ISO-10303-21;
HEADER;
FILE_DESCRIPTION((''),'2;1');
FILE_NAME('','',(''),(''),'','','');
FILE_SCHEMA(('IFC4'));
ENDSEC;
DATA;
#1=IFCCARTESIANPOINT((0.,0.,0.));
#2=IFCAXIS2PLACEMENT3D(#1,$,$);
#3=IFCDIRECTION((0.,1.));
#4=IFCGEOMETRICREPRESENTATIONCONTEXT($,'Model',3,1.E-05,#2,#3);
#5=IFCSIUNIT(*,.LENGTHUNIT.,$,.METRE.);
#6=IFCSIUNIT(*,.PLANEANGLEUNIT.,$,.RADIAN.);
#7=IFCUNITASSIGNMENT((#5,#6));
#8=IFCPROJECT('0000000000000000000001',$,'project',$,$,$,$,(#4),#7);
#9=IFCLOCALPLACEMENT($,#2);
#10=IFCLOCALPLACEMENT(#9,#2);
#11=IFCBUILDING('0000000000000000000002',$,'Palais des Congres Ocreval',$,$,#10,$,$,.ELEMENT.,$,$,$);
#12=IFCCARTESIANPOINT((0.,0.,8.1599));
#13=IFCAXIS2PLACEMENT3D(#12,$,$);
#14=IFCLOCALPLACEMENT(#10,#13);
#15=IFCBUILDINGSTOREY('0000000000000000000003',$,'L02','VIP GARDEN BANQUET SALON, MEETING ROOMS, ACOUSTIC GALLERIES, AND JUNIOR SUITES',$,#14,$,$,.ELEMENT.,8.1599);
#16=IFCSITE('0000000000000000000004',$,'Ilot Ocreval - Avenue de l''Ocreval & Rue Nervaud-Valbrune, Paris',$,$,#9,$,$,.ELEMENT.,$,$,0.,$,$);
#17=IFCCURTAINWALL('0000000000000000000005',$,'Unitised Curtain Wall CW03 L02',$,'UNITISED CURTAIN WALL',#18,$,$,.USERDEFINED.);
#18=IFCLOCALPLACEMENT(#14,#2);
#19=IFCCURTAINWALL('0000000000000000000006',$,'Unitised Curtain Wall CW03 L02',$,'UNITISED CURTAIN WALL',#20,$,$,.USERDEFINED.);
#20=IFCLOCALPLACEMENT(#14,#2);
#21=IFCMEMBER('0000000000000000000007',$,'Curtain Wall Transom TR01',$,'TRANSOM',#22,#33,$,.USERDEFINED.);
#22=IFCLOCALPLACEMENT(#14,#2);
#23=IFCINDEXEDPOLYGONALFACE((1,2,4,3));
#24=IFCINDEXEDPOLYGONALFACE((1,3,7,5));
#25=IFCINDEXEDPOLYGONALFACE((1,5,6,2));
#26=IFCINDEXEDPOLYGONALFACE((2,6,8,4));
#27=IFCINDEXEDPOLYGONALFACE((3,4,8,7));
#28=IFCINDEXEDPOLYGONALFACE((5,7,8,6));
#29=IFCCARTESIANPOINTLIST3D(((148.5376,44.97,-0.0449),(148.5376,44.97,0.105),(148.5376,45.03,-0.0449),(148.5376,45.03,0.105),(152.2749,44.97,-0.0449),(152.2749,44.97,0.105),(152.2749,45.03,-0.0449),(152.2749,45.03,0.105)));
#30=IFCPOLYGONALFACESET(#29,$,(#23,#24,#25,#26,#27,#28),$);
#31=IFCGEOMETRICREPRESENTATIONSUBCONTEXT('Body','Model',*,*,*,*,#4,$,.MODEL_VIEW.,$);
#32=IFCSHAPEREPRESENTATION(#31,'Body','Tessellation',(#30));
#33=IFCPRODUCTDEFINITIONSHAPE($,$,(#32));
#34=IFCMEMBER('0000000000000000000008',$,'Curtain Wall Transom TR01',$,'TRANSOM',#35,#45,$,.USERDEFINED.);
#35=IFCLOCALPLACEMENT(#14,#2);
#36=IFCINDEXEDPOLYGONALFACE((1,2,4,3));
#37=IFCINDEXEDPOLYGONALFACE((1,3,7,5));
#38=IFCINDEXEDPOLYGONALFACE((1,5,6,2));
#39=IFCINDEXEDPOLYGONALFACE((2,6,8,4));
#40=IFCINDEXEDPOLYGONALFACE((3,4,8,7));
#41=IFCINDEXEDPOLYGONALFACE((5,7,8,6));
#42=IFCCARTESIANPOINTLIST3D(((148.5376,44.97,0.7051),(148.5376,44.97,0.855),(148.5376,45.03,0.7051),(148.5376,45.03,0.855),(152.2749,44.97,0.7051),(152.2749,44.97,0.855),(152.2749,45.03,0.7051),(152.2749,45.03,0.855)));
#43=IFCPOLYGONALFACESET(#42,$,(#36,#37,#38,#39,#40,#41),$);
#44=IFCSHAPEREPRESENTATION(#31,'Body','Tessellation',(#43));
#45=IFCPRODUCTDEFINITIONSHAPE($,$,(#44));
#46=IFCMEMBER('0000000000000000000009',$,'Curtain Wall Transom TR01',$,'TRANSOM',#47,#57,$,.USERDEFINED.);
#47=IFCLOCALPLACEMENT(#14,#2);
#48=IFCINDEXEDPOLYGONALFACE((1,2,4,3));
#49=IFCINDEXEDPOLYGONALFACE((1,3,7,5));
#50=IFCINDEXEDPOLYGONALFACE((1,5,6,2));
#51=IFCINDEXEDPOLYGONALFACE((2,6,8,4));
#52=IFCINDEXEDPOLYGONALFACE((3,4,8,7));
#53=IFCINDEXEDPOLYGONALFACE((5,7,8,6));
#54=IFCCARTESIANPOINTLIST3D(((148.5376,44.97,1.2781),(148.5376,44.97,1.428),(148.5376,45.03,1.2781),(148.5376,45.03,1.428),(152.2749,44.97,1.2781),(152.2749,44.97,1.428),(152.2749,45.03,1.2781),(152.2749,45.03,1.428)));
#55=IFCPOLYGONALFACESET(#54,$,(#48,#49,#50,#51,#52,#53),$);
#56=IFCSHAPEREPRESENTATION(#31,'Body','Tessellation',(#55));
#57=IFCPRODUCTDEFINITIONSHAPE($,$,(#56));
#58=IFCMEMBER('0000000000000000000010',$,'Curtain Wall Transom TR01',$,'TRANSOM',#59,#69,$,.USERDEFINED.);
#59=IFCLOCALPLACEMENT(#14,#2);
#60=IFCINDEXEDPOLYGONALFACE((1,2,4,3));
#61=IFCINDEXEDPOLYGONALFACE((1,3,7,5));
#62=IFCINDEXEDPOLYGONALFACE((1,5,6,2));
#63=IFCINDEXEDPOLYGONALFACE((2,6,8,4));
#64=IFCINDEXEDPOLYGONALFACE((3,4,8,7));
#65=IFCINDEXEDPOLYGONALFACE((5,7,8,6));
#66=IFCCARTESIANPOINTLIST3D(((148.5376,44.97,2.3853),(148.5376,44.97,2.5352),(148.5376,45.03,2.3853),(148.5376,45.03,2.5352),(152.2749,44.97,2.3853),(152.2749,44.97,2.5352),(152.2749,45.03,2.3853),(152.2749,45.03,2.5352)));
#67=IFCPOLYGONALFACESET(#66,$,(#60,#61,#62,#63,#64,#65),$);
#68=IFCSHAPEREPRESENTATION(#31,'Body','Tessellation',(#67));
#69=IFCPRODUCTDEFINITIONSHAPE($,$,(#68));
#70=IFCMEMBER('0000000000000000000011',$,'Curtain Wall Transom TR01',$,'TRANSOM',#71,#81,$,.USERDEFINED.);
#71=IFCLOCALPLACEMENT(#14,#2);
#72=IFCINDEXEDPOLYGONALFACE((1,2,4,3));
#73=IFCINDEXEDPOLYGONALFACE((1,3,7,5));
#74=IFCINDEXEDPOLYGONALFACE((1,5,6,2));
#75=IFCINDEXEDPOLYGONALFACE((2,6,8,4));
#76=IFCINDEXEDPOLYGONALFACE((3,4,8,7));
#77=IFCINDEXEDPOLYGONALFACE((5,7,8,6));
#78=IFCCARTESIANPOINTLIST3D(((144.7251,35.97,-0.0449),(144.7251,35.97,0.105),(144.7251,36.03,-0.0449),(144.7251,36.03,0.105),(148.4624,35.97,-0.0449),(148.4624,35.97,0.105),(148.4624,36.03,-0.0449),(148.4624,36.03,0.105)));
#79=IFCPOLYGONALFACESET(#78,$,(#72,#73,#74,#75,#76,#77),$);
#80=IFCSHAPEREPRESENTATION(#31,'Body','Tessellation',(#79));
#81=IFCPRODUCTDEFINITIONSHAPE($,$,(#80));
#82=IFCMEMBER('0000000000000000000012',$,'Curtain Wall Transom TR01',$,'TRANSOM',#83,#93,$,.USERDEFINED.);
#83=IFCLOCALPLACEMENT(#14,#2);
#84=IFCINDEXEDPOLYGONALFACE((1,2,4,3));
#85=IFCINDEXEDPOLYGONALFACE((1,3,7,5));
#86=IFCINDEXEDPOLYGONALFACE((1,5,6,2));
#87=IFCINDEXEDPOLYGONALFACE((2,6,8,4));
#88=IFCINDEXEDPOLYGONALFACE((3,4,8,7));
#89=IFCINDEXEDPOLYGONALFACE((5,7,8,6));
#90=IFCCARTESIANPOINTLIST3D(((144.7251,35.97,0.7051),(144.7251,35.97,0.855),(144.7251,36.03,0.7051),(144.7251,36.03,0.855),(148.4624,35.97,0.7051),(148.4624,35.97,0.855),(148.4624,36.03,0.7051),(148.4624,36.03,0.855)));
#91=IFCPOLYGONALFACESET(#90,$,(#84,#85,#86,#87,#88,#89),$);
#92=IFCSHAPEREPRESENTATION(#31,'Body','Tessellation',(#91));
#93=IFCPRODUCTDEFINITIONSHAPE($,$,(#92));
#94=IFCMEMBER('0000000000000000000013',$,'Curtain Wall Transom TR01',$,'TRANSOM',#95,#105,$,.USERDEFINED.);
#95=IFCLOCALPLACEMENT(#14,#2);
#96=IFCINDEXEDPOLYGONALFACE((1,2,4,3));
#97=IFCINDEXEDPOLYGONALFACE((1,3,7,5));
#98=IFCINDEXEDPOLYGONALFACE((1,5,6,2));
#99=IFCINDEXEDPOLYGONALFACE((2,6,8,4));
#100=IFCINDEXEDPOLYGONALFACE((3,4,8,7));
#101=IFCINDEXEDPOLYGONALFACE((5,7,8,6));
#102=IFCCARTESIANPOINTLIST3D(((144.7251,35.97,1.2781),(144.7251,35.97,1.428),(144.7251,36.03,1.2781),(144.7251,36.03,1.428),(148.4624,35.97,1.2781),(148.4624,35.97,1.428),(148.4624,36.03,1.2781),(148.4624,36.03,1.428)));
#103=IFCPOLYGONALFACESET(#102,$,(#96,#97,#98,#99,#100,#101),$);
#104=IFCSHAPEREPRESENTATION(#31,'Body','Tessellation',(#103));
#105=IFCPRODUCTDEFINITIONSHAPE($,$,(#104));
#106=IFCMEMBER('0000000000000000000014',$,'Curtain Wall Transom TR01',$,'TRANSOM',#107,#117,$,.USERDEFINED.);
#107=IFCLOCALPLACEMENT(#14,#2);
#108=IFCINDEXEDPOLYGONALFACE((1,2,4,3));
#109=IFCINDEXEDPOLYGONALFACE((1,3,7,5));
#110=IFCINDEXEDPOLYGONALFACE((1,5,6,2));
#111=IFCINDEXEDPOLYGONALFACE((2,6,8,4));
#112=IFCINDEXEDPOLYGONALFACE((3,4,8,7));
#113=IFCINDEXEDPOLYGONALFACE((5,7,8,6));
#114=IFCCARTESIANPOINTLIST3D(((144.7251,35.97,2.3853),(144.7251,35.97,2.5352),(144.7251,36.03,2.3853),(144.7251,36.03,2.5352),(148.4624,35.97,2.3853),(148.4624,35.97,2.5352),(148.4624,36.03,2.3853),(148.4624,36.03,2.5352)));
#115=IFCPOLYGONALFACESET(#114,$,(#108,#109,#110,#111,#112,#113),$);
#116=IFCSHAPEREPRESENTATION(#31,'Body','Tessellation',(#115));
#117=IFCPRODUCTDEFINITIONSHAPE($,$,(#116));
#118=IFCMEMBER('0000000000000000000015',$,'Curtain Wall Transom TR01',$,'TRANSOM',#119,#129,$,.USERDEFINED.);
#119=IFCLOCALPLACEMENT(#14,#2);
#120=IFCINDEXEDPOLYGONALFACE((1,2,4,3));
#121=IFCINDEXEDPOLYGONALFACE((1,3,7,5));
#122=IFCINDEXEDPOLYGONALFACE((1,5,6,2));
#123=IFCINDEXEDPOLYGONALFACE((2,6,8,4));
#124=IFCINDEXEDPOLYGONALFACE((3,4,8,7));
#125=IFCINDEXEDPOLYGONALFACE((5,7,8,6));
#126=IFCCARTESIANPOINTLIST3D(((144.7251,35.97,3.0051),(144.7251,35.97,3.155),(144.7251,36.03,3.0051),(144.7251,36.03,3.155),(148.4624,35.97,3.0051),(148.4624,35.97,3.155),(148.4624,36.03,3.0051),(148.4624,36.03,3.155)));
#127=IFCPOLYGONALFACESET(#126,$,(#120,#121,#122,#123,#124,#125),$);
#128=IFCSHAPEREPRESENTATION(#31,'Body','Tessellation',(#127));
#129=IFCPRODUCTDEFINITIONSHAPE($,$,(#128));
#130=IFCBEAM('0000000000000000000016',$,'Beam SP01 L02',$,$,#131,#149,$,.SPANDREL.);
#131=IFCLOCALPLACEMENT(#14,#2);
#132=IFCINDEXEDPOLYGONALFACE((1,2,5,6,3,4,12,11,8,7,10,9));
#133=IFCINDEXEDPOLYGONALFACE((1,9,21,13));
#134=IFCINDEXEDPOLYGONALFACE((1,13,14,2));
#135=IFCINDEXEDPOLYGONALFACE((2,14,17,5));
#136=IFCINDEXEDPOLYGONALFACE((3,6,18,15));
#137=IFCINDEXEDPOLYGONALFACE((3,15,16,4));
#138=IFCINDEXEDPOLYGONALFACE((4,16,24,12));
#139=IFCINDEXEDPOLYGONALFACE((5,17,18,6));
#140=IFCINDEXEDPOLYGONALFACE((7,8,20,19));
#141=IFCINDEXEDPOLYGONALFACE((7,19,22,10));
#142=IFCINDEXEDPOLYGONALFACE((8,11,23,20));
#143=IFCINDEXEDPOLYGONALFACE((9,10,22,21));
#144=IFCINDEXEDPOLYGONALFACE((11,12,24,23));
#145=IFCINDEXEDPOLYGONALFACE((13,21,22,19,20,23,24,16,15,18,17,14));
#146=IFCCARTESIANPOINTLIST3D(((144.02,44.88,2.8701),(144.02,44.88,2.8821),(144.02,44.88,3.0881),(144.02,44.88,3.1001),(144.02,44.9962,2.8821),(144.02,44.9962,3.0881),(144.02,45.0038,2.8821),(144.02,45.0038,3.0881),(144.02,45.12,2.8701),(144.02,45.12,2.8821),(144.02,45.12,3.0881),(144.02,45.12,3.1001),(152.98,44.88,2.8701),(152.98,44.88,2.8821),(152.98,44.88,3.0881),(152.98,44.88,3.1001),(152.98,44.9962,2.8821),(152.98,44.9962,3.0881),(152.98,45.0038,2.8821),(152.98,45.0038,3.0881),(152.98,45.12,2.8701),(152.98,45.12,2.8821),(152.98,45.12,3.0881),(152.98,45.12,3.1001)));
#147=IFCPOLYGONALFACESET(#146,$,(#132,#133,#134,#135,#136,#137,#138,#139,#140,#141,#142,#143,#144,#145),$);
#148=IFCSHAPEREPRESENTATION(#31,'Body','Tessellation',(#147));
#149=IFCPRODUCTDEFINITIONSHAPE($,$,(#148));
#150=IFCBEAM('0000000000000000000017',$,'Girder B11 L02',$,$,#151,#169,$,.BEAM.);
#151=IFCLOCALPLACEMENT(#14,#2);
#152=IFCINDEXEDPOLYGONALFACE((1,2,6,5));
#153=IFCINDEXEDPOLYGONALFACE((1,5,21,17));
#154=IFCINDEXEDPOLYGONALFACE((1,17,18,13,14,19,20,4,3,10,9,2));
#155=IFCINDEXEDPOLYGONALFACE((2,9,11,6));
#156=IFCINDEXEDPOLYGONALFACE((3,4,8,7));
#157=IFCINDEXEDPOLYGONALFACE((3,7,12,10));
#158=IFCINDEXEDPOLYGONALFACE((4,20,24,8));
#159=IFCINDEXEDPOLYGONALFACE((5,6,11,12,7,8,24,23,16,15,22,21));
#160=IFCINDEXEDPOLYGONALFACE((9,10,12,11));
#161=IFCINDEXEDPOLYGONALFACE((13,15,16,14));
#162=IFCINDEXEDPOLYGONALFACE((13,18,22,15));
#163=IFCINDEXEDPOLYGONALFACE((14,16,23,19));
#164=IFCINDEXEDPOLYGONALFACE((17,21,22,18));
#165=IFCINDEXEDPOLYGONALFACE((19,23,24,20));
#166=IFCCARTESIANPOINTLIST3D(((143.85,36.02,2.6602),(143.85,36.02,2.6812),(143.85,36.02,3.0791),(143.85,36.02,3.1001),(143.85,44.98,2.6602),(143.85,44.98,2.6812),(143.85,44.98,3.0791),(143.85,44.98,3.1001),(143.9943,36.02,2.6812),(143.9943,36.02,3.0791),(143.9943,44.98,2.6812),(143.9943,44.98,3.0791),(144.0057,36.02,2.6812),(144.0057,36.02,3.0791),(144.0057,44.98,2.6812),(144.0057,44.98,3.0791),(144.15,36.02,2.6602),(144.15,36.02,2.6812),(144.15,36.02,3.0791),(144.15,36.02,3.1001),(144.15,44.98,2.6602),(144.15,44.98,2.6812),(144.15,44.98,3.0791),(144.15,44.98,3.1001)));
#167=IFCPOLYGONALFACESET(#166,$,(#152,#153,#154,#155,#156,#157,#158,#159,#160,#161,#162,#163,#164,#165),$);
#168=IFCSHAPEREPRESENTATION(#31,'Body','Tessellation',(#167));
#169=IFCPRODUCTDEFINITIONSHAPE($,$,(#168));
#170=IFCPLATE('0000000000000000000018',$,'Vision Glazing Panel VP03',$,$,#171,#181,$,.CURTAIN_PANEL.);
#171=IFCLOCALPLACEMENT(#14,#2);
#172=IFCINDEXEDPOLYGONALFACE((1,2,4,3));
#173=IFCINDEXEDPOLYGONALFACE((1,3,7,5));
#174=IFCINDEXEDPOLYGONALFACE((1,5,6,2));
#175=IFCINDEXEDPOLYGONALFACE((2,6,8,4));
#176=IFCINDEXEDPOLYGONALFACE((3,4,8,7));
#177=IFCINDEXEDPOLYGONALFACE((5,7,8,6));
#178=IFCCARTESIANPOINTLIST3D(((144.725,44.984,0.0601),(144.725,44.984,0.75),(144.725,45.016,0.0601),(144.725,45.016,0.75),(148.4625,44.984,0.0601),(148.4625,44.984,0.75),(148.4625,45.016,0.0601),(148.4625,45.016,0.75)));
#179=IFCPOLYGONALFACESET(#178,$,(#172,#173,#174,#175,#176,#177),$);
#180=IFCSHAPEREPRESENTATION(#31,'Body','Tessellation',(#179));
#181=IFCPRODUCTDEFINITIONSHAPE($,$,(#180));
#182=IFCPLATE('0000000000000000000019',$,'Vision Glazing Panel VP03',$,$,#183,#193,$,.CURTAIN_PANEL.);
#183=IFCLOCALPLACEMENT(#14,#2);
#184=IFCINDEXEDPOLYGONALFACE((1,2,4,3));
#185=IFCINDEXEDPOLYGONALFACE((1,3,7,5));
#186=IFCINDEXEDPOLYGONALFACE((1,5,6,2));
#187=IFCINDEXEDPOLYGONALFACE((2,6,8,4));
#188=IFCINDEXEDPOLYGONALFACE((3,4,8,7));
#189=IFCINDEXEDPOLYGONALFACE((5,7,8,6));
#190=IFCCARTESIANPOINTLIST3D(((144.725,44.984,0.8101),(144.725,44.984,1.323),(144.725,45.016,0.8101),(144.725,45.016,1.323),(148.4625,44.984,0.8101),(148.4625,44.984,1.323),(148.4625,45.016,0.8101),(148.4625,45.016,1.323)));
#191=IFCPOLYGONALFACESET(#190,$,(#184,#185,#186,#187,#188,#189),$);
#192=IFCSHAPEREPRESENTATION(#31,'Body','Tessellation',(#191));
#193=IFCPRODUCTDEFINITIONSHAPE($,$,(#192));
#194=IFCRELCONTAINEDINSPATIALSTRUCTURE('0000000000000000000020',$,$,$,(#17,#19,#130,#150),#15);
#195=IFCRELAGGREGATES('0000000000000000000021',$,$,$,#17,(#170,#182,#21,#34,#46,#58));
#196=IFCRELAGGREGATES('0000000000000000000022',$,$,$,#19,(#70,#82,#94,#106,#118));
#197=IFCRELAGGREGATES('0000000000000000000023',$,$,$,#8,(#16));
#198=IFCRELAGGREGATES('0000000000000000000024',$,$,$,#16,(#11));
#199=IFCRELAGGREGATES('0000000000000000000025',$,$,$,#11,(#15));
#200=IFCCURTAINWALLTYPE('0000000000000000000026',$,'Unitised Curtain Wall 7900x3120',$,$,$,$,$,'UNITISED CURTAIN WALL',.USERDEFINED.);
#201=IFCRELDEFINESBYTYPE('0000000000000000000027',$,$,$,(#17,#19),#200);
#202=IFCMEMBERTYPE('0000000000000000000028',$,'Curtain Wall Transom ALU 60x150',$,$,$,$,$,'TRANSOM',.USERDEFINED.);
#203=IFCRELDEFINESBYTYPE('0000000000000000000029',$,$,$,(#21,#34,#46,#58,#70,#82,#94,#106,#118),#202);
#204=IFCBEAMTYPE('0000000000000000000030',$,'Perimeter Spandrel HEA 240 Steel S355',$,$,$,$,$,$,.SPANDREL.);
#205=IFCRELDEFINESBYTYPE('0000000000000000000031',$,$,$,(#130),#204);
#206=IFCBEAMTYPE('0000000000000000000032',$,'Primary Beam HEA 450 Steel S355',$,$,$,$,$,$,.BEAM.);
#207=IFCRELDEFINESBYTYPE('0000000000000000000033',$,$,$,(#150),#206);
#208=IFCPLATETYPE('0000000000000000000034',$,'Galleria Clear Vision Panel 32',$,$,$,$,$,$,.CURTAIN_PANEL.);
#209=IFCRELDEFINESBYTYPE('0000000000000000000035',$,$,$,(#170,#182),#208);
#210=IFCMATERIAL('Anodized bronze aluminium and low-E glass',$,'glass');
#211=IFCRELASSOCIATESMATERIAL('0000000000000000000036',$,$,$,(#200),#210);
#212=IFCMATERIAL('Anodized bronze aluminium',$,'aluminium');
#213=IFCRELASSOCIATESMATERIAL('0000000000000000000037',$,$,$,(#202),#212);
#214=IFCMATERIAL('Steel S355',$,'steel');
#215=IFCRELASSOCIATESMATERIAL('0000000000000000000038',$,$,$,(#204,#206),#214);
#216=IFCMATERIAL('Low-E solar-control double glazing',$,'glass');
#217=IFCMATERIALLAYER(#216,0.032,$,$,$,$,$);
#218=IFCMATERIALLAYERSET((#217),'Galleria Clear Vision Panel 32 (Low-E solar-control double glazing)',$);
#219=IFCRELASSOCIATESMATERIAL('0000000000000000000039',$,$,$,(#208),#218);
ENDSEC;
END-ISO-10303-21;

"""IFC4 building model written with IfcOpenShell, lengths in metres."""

from ifc_helpers import new_model, si_unit, direction, frame, origin, origin_2d, place, context, subcontext, project, spatial, rectangle, i_section, extrude, material, layer, layer_set, material_profile, profile_set, type_object, element, aggregate, save


model = new_model("IFC4")

# Units and contexts
model_context = context("Model", 3, precision=1e-05, world=origin(), true_north=direction((0.0, 1.0)))
body_context = subcontext(model_context, "Body", "Model", "MODEL_VIEW")
ifc_project = project(units=[si_unit("LENGTHUNIT", "METRE"), si_unit("PLANEANGLEUNIT", "RADIAN")], contexts=[model_context])

# Site, building, storey
site_placement = place(None, origin())
site = spatial("IfcSite", under=ifc_project, at=site_placement, Name="Ilot Ocreval - Avenue de l'Ocreval & Rue Nervaud-Valbrune, Paris", CompositionType="ELEMENT", RefElevation=0.0)
building_placement = place(site_placement, origin())
building = spatial("IfcBuilding", under=site, at=building_placement, Name="Palais des Congres Ocreval", CompositionType="ELEMENT")
storey_placement = place(building_placement, frame((0.0, 0.0, 8.1599)))
storey = spatial("IfcBuildingStorey", under=building, at=storey_placement, Name="L02", Description="VIP GARDEN BANQUET SALON, MEETING ROOMS, ACOUSTIC GALLERIES, AND JUNIOR SUITES", CompositionType="ELEMENT", Elevation=8.1599)

# Shared definitions
ifc_material_1 = material(Name="Steel S355", Category="steel")

# Curtain walls
ifc_material_2 = material(Name="Anodized bronze aluminium and low-E glass", Category="glass")
curtain_wall_type = type_object("IfcCurtainWallType", Name="Unitised Curtain Wall 7900x3120", ElementType="UNITISED CURTAIN WALL", PredefinedType="USERDEFINED", material=ifc_material_2)
curtain_wall_1_placement = place(storey_placement, origin())
curtain_wall_1 = element("IfcCurtainWall", 1, at=curtain_wall_1_placement, inside=storey, type_object=curtain_wall_type, Name="Unitised Curtain Wall CW03 L02", ObjectType="UNITISED CURTAIN WALL", PredefinedType="USERDEFINED")
ifc_material_3 = material(Name="Anodized bronze aluminium", Category="aluminium")
curtain_wall_2_placement = place(storey_placement, origin())
curtain_wall_2 = element("IfcCurtainWall", 2, at=curtain_wall_2_placement, inside=storey, type_object=curtain_wall_type, Name="Unitised Curtain Wall CW03 L02", ObjectType="UNITISED CURTAIN WALL", PredefinedType="USERDEFINED")

# Members
ifc_material_profile_1 = material_profile(ifc_material_3, rectangle(XDim=0.0601, YDim=0.1499, at=origin_2d()), Name="ALU 60x150")
ifc_profile_set_1 = profile_set([ifc_material_profile_1], Name="Anodized bronze aluminium")
member_type_1 = type_object("IfcMemberType", Name="Curtain Wall Transom ALU 60x150", ElementType="TRANSOM", PredefinedType="USERDEFINED", material=ifc_profile_set_1)
member_1_placement = place(storey_placement, frame((148.5376, 45.0, 0.03), z_axis=(1.0, 0.0, 0.0), x_axis=(0.0, 1.0, 0.0)))
member_1 = element("IfcMember", 3, at=member_1_placement, type_object=member_type_1, Name="Curtain Wall Transom TR01", ObjectType="TRANSOM", PredefinedType="USERDEFINED", context=body_context, shape_type="SweptSolid", body=[
    extrude(rectangle(XDim=0.0601, YDim=0.1499, at=origin_2d()), origin(), (0.0, 0.0, 1.0), 3.7373),
])
member_2_placement = place(storey_placement, frame((148.5376, 45.0, 0.78), z_axis=(1.0, 0.0, 0.0), x_axis=(0.0, 1.0, 0.0)))
member_2 = element("IfcMember", 4, at=member_2_placement, type_object=member_type_1, Name="Curtain Wall Transom TR01", ObjectType="TRANSOM", PredefinedType="USERDEFINED", context=body_context, shape_type="SweptSolid", body=[
    extrude(rectangle(XDim=0.0601, YDim=0.1499, at=origin_2d()), origin(), (0.0, 0.0, 1.0), 3.7373),
])
member_3_placement = place(storey_placement, frame((148.5376, 45.0, 1.353), z_axis=(1.0, 0.0, 0.0), x_axis=(0.0, 1.0, 0.0)))
member_3 = element("IfcMember", 5, at=member_3_placement, type_object=member_type_1, Name="Curtain Wall Transom TR01", ObjectType="TRANSOM", PredefinedType="USERDEFINED", context=body_context, shape_type="SweptSolid", body=[
    extrude(rectangle(XDim=0.0601, YDim=0.1499, at=origin_2d()), origin(), (0.0, 0.0, 1.0), 3.7373),
])
member_4_placement = place(storey_placement, frame((148.5376, 45.0, 2.4602), z_axis=(1.0, 0.0, 0.0), x_axis=(0.0, 1.0, 0.0)))
member_4 = element("IfcMember", 6, at=member_4_placement, type_object=member_type_1, Name="Curtain Wall Transom TR01", ObjectType="TRANSOM", PredefinedType="USERDEFINED", context=body_context, shape_type="SweptSolid", body=[
    extrude(rectangle(XDim=0.0601, YDim=0.1499, at=origin_2d()), origin(), (0.0, 0.0, 1.0), 3.7373),
])
member_5_placement = place(storey_placement, frame((148.4624, 36.0, 0.03), z_axis=(-1.0, 0.0, 0.0), x_axis=(0.0, -1.0, 0.0)))
member_5 = element("IfcMember", 7, at=member_5_placement, type_object=member_type_1, Name="Curtain Wall Transom TR01", ObjectType="TRANSOM", PredefinedType="USERDEFINED", context=body_context, shape_type="SweptSolid", body=[
    extrude(rectangle(XDim=0.0601, YDim=0.1499, at=origin_2d()), origin(), (0.0, 0.0, 1.0), 3.7373),
])
member_6_placement = place(storey_placement, frame((148.4624, 36.0, 0.78), z_axis=(-1.0, 0.0, 0.0), x_axis=(0.0, -1.0, 0.0)))
member_6 = element("IfcMember", 8, at=member_6_placement, type_object=member_type_1, Name="Curtain Wall Transom TR01", ObjectType="TRANSOM", PredefinedType="USERDEFINED", context=body_context, shape_type="SweptSolid", body=[
    extrude(rectangle(XDim=0.0601, YDim=0.1499, at=origin_2d()), origin(), (0.0, 0.0, 1.0), 3.7373),
])
member_7_placement = place(storey_placement, frame((148.4624, 36.0, 1.353), z_axis=(-1.0, 0.0, 0.0), x_axis=(0.0, -1.0, 0.0)))
member_7 = element("IfcMember", 9, at=member_7_placement, type_object=member_type_1, Name="Curtain Wall Transom TR01", ObjectType="TRANSOM", PredefinedType="USERDEFINED", context=body_context, shape_type="SweptSolid", body=[
    extrude(rectangle(XDim=0.0601, YDim=0.1499, at=origin_2d()), origin(), (0.0, 0.0, 1.0), 3.7373),
])
member_8_placement = place(storey_placement, frame((148.4624, 36.0, 2.4602), z_axis=(-1.0, 0.0, 0.0), x_axis=(0.0, -1.0, 0.0)))
member_8 = element("IfcMember", 10, at=member_8_placement, type_object=member_type_1, Name="Curtain Wall Transom TR01", ObjectType="TRANSOM", PredefinedType="USERDEFINED", context=body_context, shape_type="SweptSolid", body=[
    extrude(rectangle(XDim=0.0601, YDim=0.1499, at=origin_2d()), origin(), (0.0, 0.0, 1.0), 3.7373),
])
member_9_placement = place(storey_placement, frame((148.4624, 36.0, 3.0801), z_axis=(-1.0, 0.0, 0.0), x_axis=(0.0, -1.0, 0.0)))
member_9 = element("IfcMember", 11, at=member_9_placement, type_object=member_type_1, Name="Curtain Wall Transom TR01", ObjectType="TRANSOM", PredefinedType="USERDEFINED", context=body_context, shape_type="SweptSolid", body=[
    extrude(rectangle(XDim=0.0601, YDim=0.1499, at=origin_2d()), origin(), (0.0, 0.0, 1.0), 3.7373),
])

# Beams
ifc_material_profile_2 = material_profile(ifc_material_1, i_section(OverallWidth=0.24, OverallDepth=0.23, WebThickness=0.0076, FlangeThickness=0.012, at=origin_2d()), Name="HEA 240")
ifc_profile_set_2 = profile_set([ifc_material_profile_2], Name="Steel S355")
beam_type_1 = type_object("IfcBeamType", Name="Perimeter Spandrel HEA 240 Steel S355", PredefinedType="SPANDREL", material=ifc_profile_set_2)
beam_1_placement = place(storey_placement, frame((144.02, 45.0, 2.9851), z_axis=(1.0, 0.0, 0.0), x_axis=(0.0, 1.0, 0.0)))
element("IfcBeam", 12, at=beam_1_placement, inside=storey, type_object=beam_type_1, Name="Beam SP01 L02", PredefinedType="SPANDREL", context=body_context, shape_type="SweptSolid", body=[
    extrude(i_section(OverallWidth=0.24, OverallDepth=0.23, WebThickness=0.0076, FlangeThickness=0.012, at=origin_2d()), origin(), (0.0, 0.0, 1.0), 8.96),
])
ifc_material_profile_3 = material_profile(ifc_material_1, i_section(OverallWidth=0.3, OverallDepth=0.4399, WebThickness=0.0115, FlangeThickness=0.021, at=origin_2d()), Name="HEA 450")
ifc_profile_set_3 = profile_set([ifc_material_profile_3], Name="Steel S355")
beam_type_2 = type_object("IfcBeamType", Name="Primary Beam HEA 450 Steel S355", PredefinedType="BEAM", material=ifc_profile_set_3)
beam_2_placement = place(storey_placement, frame((144.0, 36.02, 2.8801), z_axis=(0.0, 1.0, 0.0), x_axis=(-1.0, 0.0, 0.0)))
element("IfcBeam", 13, at=beam_2_placement, inside=storey, type_object=beam_type_2, Name="Girder B11 L02", PredefinedType="BEAM", context=body_context, shape_type="SweptSolid", body=[
    extrude(i_section(OverallWidth=0.3, OverallDepth=0.4399, WebThickness=0.0115, FlangeThickness=0.021, at=origin_2d()), origin(), (0.0, 0.0, 1.0), 8.96),
])

# Plates
ifc_material_4 = material(Name="Low-E solar-control double glazing", Category="glass")
ifc_layer_1 = layer(ifc_material_4, 0.032)
ifc_layer_set_1 = layer_set([ifc_layer_1], Name="Galleria Clear Vision Panel 32 (Low-E solar-control double glazing)")
plate_type_1 = type_object("IfcPlateType", Name="Galleria Clear Vision Panel 32", PredefinedType="CURTAIN_PANEL", material=ifc_layer_set_1)
plate_1_placement = place(storey_placement, frame((146.5938, 45.0, 0.0601), z_axis=(0.0, 0.0, 1.0), x_axis=(1.0, 0.0, 0.0)))
plate_1 = element("IfcPlate", 14, at=plate_1_placement, type_object=plate_type_1, Name="Vision Glazing Panel VP03", PredefinedType="CURTAIN_PANEL", context=body_context, shape_type="SweptSolid", body=[
    extrude(rectangle(XDim=3.7375, YDim=0.032, at=origin_2d()), origin(), (0.0, 0.0, 1.0), 0.6899),
])
plate_2_placement = place(storey_placement, frame((146.5938, 45.0, 0.8101), z_axis=(0.0, 0.0, 1.0), x_axis=(1.0, 0.0, 0.0)))
plate_2 = element("IfcPlate", 15, at=plate_2_placement, type_object=plate_type_1, Name="Vision Glazing Panel VP03", PredefinedType="CURTAIN_PANEL", context=body_context, shape_type="SweptSolid", body=[
    extrude(rectangle(XDim=3.7375, YDim=0.032, at=origin_2d()), origin(), (0.0, 0.0, 1.0), 0.5129),
])
aggregate(curtain_wall_1, [plate_1, plate_2, member_1, member_2, member_3, member_4])
aggregate(curtain_wall_2, [member_5, member_6, member_7, member_8, member_9])

save(model, "model.ifc")
